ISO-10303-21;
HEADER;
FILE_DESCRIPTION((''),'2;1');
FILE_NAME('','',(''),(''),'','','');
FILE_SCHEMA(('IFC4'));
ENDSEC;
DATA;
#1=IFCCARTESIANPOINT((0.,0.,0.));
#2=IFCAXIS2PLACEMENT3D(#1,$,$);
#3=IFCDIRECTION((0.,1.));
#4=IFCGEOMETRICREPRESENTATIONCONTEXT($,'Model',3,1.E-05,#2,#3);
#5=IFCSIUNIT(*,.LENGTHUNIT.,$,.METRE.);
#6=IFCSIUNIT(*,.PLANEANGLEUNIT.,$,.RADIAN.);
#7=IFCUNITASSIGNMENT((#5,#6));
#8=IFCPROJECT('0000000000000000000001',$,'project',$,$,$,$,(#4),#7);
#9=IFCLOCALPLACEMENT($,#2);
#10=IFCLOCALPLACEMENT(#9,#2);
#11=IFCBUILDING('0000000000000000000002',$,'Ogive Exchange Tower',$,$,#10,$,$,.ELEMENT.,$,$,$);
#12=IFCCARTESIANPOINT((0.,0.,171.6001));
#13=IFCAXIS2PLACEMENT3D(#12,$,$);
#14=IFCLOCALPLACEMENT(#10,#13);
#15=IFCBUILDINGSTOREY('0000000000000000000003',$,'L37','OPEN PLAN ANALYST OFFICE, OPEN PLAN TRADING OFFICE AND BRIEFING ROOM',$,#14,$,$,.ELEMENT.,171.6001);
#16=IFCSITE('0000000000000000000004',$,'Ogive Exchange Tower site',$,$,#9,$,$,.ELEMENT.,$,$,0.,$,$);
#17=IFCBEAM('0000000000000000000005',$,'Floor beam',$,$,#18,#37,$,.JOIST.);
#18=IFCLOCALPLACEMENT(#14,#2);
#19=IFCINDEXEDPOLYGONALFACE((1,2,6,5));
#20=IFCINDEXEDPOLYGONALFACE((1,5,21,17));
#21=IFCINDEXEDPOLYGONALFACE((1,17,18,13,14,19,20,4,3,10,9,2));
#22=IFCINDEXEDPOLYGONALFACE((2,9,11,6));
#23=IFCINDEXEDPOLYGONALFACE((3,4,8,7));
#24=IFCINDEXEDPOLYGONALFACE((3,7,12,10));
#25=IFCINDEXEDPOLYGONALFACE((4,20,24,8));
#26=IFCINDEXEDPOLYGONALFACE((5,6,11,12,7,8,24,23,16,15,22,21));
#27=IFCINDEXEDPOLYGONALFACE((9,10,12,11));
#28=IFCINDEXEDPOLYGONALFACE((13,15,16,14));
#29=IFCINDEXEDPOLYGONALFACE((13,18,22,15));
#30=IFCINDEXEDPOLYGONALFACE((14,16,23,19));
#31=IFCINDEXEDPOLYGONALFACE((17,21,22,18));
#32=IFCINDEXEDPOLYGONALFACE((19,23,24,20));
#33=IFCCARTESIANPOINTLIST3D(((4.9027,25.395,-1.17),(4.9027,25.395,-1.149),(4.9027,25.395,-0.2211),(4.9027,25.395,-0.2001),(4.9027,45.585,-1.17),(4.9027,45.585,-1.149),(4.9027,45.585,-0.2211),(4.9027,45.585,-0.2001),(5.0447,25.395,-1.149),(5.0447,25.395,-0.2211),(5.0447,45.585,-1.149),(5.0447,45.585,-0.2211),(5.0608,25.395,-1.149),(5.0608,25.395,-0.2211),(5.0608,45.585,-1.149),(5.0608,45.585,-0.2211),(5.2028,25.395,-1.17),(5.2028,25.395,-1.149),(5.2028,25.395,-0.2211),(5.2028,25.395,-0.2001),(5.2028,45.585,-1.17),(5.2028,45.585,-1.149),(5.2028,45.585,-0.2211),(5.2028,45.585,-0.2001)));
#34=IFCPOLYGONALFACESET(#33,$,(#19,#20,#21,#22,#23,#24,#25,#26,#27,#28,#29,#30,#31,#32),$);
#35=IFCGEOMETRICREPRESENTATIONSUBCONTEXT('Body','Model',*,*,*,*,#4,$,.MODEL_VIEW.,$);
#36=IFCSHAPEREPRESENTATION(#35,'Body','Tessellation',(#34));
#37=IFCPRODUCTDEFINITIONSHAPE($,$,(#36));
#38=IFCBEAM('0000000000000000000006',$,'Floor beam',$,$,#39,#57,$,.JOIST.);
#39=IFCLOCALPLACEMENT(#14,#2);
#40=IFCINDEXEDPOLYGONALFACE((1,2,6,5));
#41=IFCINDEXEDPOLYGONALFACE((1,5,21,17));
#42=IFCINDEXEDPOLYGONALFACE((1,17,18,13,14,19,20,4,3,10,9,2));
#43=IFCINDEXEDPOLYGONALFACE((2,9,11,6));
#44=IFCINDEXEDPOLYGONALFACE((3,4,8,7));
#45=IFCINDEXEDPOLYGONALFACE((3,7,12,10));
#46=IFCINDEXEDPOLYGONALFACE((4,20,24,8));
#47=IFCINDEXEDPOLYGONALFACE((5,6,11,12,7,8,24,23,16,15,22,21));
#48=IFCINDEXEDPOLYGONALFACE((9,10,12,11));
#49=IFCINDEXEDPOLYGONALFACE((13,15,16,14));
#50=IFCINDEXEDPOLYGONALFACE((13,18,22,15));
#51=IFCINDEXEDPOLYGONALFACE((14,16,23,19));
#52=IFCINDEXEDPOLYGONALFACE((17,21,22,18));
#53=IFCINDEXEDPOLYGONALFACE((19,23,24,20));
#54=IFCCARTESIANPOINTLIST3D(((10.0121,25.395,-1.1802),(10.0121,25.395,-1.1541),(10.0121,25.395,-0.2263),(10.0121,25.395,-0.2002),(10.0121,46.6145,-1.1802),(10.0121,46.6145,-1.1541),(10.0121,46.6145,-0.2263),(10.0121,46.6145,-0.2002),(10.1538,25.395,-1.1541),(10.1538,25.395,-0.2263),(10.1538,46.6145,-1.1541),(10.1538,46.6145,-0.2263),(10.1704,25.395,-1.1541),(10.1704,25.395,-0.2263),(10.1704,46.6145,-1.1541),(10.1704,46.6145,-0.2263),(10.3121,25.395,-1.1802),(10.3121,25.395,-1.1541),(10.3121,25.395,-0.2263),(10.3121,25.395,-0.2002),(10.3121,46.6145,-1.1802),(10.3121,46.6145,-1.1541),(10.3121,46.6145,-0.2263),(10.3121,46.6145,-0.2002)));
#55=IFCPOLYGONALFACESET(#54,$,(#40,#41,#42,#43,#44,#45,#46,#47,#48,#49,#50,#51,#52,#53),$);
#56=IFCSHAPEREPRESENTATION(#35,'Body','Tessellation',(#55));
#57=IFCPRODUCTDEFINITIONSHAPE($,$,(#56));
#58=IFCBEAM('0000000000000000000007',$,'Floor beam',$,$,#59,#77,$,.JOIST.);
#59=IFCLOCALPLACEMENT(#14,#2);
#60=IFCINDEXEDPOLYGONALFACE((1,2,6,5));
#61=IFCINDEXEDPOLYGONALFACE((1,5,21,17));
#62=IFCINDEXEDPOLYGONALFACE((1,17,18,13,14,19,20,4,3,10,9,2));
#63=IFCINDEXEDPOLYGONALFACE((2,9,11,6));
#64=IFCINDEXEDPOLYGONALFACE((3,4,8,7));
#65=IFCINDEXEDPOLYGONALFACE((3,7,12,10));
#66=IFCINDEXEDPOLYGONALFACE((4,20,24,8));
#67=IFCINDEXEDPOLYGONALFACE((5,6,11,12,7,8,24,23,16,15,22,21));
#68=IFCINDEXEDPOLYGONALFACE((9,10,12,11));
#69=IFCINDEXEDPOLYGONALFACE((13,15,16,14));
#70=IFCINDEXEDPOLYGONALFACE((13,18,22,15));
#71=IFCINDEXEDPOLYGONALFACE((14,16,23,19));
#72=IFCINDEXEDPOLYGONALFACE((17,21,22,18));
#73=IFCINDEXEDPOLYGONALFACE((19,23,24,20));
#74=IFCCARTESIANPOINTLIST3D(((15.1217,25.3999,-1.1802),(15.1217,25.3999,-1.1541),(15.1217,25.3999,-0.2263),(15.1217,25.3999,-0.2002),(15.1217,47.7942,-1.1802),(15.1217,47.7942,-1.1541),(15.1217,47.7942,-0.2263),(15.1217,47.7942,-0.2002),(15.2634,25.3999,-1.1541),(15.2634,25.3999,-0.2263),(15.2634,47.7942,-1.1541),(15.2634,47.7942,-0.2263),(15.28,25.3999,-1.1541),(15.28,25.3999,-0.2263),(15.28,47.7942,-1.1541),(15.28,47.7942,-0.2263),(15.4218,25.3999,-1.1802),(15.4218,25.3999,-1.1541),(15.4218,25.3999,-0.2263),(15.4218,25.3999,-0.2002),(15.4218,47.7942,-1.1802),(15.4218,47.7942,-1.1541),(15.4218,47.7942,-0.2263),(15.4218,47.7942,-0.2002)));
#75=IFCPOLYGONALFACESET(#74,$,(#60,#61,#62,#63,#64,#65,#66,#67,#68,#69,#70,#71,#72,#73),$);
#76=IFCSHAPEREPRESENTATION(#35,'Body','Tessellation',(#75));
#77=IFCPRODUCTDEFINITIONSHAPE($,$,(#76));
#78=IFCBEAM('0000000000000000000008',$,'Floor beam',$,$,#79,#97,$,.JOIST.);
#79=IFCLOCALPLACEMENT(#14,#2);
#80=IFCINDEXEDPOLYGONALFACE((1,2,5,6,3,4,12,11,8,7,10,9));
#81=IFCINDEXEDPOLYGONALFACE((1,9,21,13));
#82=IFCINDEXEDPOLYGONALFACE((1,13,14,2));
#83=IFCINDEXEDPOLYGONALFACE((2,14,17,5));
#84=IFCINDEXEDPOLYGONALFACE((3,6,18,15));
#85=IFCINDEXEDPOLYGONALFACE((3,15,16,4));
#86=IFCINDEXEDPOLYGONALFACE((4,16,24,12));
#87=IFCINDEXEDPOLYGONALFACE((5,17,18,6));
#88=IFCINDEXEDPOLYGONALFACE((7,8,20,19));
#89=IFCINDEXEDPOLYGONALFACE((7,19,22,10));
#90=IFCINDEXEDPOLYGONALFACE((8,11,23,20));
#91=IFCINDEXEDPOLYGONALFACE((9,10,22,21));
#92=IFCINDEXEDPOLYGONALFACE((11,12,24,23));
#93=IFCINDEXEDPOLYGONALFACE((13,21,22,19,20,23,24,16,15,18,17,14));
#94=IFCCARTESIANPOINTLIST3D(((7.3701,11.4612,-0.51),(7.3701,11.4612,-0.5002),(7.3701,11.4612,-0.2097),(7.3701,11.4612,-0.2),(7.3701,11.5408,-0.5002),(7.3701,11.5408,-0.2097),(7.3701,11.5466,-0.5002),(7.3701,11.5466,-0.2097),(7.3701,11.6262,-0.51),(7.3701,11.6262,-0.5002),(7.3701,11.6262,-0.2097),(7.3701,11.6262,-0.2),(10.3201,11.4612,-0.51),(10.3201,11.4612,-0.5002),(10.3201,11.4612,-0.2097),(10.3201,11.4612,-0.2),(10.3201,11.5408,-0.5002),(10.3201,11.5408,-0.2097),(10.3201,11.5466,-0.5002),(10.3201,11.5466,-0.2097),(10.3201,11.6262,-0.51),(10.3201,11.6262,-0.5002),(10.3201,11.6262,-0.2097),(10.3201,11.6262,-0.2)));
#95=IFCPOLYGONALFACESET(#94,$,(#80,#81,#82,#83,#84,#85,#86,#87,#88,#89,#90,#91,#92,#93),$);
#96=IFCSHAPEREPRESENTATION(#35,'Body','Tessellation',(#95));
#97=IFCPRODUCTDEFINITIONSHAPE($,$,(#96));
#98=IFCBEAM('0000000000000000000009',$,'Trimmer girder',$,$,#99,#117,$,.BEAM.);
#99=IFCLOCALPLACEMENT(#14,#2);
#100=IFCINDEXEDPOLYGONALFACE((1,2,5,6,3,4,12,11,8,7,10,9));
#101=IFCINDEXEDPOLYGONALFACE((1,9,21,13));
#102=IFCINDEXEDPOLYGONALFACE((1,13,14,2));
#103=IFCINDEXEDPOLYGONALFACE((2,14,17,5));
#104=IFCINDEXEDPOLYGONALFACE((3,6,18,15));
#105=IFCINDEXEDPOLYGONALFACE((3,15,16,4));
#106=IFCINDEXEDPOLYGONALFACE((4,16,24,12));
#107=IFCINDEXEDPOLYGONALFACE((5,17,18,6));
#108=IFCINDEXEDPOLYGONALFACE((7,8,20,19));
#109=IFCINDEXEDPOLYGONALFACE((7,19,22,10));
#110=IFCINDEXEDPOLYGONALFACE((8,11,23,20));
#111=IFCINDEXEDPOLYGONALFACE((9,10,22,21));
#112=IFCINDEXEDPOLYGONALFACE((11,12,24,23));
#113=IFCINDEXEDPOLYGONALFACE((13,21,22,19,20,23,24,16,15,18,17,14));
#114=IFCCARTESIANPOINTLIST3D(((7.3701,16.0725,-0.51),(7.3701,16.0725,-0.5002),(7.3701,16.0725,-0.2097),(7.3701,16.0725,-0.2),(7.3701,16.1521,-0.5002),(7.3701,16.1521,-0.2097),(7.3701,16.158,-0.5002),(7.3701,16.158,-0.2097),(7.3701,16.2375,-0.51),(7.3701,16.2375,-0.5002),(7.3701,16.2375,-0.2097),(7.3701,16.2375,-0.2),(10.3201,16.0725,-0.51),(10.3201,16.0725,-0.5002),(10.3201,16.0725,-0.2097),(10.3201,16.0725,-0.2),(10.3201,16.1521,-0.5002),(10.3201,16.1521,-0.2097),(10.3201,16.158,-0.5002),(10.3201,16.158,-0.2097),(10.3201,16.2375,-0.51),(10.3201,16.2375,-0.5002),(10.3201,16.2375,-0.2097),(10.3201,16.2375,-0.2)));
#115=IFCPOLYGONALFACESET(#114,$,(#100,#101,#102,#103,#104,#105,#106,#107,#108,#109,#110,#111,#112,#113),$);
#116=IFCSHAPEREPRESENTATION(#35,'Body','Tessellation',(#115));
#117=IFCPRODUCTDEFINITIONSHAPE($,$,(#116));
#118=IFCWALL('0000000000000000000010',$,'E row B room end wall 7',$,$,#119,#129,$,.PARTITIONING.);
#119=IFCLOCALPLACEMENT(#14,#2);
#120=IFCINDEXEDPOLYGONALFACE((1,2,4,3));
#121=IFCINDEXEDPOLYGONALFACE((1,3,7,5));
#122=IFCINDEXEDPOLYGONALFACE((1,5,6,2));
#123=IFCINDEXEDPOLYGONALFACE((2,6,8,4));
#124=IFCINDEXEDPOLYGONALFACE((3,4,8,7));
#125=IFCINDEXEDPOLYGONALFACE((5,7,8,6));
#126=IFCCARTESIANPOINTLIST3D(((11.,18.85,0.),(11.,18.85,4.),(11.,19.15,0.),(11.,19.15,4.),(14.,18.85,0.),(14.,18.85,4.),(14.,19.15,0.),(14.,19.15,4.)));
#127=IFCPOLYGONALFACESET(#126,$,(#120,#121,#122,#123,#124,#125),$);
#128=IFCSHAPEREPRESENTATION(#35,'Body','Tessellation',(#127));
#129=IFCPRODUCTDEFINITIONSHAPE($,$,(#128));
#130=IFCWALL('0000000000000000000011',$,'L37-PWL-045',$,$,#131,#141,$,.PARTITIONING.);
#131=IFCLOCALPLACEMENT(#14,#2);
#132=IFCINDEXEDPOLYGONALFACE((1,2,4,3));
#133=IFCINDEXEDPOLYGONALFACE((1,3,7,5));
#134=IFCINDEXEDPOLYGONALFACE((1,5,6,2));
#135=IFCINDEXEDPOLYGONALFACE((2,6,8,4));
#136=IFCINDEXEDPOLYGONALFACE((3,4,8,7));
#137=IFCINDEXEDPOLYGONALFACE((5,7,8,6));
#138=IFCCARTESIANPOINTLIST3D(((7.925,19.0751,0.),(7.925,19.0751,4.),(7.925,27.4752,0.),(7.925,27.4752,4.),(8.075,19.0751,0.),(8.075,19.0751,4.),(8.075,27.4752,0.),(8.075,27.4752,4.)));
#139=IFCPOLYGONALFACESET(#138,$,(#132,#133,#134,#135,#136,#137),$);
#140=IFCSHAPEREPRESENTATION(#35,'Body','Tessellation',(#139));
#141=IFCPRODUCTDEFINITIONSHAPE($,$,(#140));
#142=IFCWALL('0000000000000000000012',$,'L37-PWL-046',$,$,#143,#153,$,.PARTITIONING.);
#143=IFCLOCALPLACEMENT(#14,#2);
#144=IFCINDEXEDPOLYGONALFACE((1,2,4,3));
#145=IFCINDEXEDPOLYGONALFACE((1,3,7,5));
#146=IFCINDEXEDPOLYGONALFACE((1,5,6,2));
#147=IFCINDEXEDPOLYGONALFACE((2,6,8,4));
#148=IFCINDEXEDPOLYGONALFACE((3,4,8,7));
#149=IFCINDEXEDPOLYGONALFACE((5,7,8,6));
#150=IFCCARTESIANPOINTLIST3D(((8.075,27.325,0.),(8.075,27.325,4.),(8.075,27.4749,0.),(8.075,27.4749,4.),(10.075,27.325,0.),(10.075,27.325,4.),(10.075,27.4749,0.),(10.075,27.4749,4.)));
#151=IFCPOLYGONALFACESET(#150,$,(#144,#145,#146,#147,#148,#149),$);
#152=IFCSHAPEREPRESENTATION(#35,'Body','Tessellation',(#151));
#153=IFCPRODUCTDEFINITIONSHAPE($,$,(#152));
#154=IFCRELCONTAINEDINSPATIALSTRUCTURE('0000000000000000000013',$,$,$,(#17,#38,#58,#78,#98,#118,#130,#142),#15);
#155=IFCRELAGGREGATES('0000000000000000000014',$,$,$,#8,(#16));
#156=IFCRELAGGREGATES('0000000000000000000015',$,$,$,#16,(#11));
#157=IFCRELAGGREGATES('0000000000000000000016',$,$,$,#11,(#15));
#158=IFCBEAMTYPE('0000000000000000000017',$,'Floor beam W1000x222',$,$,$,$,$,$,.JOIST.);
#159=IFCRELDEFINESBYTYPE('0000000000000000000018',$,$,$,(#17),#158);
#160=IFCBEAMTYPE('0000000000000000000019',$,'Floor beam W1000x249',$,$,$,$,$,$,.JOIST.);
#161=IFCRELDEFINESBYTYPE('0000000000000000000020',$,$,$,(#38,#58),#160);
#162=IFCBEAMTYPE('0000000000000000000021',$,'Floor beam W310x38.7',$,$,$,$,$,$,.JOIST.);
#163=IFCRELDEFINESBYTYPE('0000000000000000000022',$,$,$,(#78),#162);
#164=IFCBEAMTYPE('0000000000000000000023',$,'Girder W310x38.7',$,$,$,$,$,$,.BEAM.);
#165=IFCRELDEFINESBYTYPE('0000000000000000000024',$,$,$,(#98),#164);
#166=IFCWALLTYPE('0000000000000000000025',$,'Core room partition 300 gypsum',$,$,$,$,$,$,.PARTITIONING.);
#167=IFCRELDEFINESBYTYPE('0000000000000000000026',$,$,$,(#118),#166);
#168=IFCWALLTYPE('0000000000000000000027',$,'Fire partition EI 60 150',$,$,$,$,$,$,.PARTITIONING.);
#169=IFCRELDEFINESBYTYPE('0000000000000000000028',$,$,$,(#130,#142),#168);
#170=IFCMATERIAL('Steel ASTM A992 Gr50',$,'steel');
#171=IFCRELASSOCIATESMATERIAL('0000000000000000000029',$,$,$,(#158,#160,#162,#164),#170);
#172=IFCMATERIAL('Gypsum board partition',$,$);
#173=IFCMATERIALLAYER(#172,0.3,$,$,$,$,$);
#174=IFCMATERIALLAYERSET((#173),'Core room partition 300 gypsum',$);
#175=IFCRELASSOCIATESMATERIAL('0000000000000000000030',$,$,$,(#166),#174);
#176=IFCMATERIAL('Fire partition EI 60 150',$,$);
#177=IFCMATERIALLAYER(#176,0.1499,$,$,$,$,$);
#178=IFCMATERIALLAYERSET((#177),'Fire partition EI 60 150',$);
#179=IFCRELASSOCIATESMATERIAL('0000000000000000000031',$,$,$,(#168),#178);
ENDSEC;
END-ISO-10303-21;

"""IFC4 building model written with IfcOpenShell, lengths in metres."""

from ifc_helpers import new_model, si_unit, direction, frame, frame_2d, origin, origin_2d, place, context, subcontext, project, spatial, rectangle, i_section, extrude, material, layer, layer_set, material_profile, profile_set, type_object, element, save


model = new_model("IFC4")

# Units and contexts
model_context = context("Model", 3, precision=1e-05, world=origin(), true_north=direction((0.0, 1.0)))
body_context = subcontext(model_context, "Body", "Model", "MODEL_VIEW")
ifc_project = project(units=[si_unit("LENGTHUNIT", "METRE"), si_unit("PLANEANGLEUNIT", "RADIAN")], contexts=[model_context])

# Site, building, storey
site_placement = place(None, origin())
site = spatial("IfcSite", under=ifc_project, at=site_placement, Name="Ogive Exchange Tower site", CompositionType="ELEMENT", RefElevation=0.0)
building_placement = place(site_placement, origin())
building = spatial("IfcBuilding", under=site, at=building_placement, Name="Ogive Exchange Tower", CompositionType="ELEMENT")
storey_placement = place(building_placement, frame((0.0, 0.0, 171.6001)))
storey = spatial("IfcBuildingStorey", under=building, at=storey_placement, Name="L37", Description="OPEN PLAN ANALYST OFFICE, OPEN PLAN TRADING OFFICE AND BRIEFING ROOM", CompositionType="ELEMENT", Elevation=171.6001)

# Beams
ifc_material_1 = material(Name="Steel ASTM A992 Gr50", Category="steel")
ifc_material_profile_1 = material_profile(ifc_material_1, i_section(OverallWidth=0.3, OverallDepth=0.97, WebThickness=0.0161, FlangeThickness=0.021, at=origin_2d()), Name="W1000x222")
ifc_profile_set_1 = profile_set([ifc_material_profile_1], Name="Steel ASTM A992 Gr50")
beam_type_1 = type_object("IfcBeamType", Name="Floor beam W1000x222", PredefinedType="JOIST", material=ifc_profile_set_1)
beam_1_placement = place(storey_placement, frame((5.0527, 25.395, -0.6851), z_axis=(0.0, 1.0, 0.0), x_axis=(-1.0, 0.0, 0.0)))
element("IfcBeam", 1, at=beam_1_placement, inside=storey, type_object=beam_type_1, Name="Floor beam", PredefinedType="JOIST", context=body_context, shape_type="SweptSolid", body=[
    extrude(i_section(OverallWidth=0.3, OverallDepth=0.97, WebThickness=0.0161, FlangeThickness=0.021, at=origin_2d()), origin(), (0.0, 0.0, 1.0), 20.1899),
])
ifc_material_profile_2 = material_profile(ifc_material_1, i_section(OverallWidth=0.3, OverallDepth=0.98, WebThickness=0.0166, FlangeThickness=0.0261, at=origin_2d()), Name="W1000x249")
ifc_profile_set_2 = profile_set([ifc_material_profile_2], Name="Steel ASTM A992 Gr50")
beam_type_2 = type_object("IfcBeamType", Name="Floor beam W1000x249", PredefinedType="JOIST", material=ifc_profile_set_2)
beam_2_placement = place(storey_placement, frame((10.1621, 25.395, -0.6902), z_axis=(0.0, 1.0, 0.0), x_axis=(-1.0, 0.0, 0.0)))
element("IfcBeam", 2, at=beam_2_placement, inside=storey, type_object=beam_type_2, Name="Floor beam", PredefinedType="JOIST", context=body_context, shape_type="SweptSolid", body=[
    extrude(i_section(OverallWidth=0.3, OverallDepth=0.98, WebThickness=0.0166, FlangeThickness=0.0261, at=origin_2d()), origin(), (0.0, 0.0, 1.0), 21.2195),
])
beam_3_placement = place(storey_placement, frame((15.2717, 25.3999, -0.6902), z_axis=(0.0, 1.0, 0.0), x_axis=(-1.0, 0.0, 0.0)))
element("IfcBeam", 3, at=beam_3_placement, inside=storey, type_object=beam_type_2, Name="Floor beam", PredefinedType="JOIST", context=body_context, shape_type="SweptSolid", body=[
    extrude(i_section(OverallWidth=0.3, OverallDepth=0.98, WebThickness=0.0166, FlangeThickness=0.0261, at=origin_2d()), origin(), (0.0, 0.0, 1.0), 22.3943),
])
ifc_material_profile_3 = material_profile(ifc_material_1, i_section(OverallWidth=0.165, OverallDepth=0.3101, WebThickness=0.0059, FlangeThickness=0.0098, at=origin_2d()), Name="W310x38.7")
ifc_profile_set_3 = profile_set([ifc_material_profile_3], Name="Steel ASTM A992 Gr50")
beam_type_3 = type_object("IfcBeamType", Name="Floor beam W310x38.7", PredefinedType="JOIST", material=ifc_profile_set_3)
beam_4_placement = place(storey_placement, frame((7.3701, 11.5437, -0.355), z_axis=(1.0, 0.0, 0.0), x_axis=(0.0, 1.0, 0.0)))
element("IfcBeam", 4, at=beam_4_placement, inside=storey, type_object=beam_type_3, Name="Floor beam", PredefinedType="JOIST", context=body_context, shape_type="SweptSolid", body=[
    extrude(i_section(OverallWidth=0.165, OverallDepth=0.3101, WebThickness=0.0059, FlangeThickness=0.0098, at=origin_2d()), origin(), (0.0, 0.0, 1.0), 2.95),
])
ifc_material_profile_4 = material_profile(ifc_material_1, i_section(OverallWidth=0.165, OverallDepth=0.3101, WebThickness=0.0059, FlangeThickness=0.0098, at=origin_2d()), Name="W310x38.7")
ifc_profile_set_4 = profile_set([ifc_material_profile_4], Name="Steel ASTM A992 Gr50")
beam_type_4 = type_object("IfcBeamType", Name="Girder W310x38.7", PredefinedType="BEAM", material=ifc_profile_set_4)
beam_5_placement = place(storey_placement, frame((7.3701, 16.155, -0.355), z_axis=(1.0, 0.0, 0.0), x_axis=(0.0, 1.0, 0.0)))
element("IfcBeam", 5, at=beam_5_placement, inside=storey, type_object=beam_type_4, Name="Trimmer girder", PredefinedType="BEAM", context=body_context, shape_type="SweptSolid", body=[
    extrude(i_section(OverallWidth=0.165, OverallDepth=0.3101, WebThickness=0.0059, FlangeThickness=0.0098, at=origin_2d()), origin(), (0.0, 0.0, 1.0), 2.95),
])

# Walls
ifc_material_2 = material(Name="Gypsum board partition")
ifc_layer_1 = layer(ifc_material_2, 0.3)
ifc_layer_set_1 = layer_set([ifc_layer_1], Name="Core room partition 300 gypsum")
wall_type_1 = type_object("IfcWallType", Name="Core room partition 300 gypsum", PredefinedType="PARTITIONING", material=ifc_layer_set_1)
wall_1_placement = place(storey_placement, frame((11.0, 19.0, 0.0), z_axis=(0.0, 0.0, 1.0), x_axis=(1.0, 0.0, 0.0)))
element("IfcWall", 6, at=wall_1_placement, inside=storey, type_object=wall_type_1, Name="E row B room end wall 7", PredefinedType="PARTITIONING", context=body_context, shape_type="SweptSolid", body=[
    extrude(rectangle(XDim=3.0, YDim=0.3, at=frame_2d((1.5, 0.0))), origin(), (0.0, 0.0, 1.0), 4.0),
])
ifc_material_3 = material(Name="Fire partition EI 60 150")
ifc_layer_2 = layer(ifc_material_3, 0.1499)
ifc_layer_set_2 = layer_set([ifc_layer_2], Name="Fire partition EI 60 150")
wall_type_2 = type_object("IfcWallType", Name="Fire partition EI 60 150", PredefinedType="PARTITIONING", material=ifc_layer_set_2)
wall_2_placement = place(storey_placement, frame((8.0, 19.075, 0.0), z_axis=(0.0, 0.0, 1.0), x_axis=(0.0, 1.0, 0.0)))
element("IfcWall", 7, at=wall_2_placement, inside=storey, type_object=wall_type_2, Name="L37-PWL-045", PredefinedType="PARTITIONING", context=body_context, shape_type="SweptSolid", body=[
    extrude(rectangle(XDim=8.4001, YDim=0.1499, at=frame_2d((4.2002, 0.0))), origin(), (0.0, 0.0, 1.0), 4.0),
])
wall_3_placement = place(storey_placement, frame((8.075, 27.3999, 0.0), z_axis=(0.0, 0.0, 1.0), x_axis=(1.0, 0.0, 0.0)))
element("IfcWall", 8, at=wall_3_placement, inside=storey, type_object=wall_type_2, Name="L37-PWL-046", PredefinedType="PARTITIONING", context=body_context, shape_type="SweptSolid", body=[
    extrude(rectangle(XDim=2.0, YDim=0.1499, at=frame_2d((1.0, 0.0))), origin(), (0.0, 0.0, 1.0), 4.0),
])

save(model, "model.ifc")
